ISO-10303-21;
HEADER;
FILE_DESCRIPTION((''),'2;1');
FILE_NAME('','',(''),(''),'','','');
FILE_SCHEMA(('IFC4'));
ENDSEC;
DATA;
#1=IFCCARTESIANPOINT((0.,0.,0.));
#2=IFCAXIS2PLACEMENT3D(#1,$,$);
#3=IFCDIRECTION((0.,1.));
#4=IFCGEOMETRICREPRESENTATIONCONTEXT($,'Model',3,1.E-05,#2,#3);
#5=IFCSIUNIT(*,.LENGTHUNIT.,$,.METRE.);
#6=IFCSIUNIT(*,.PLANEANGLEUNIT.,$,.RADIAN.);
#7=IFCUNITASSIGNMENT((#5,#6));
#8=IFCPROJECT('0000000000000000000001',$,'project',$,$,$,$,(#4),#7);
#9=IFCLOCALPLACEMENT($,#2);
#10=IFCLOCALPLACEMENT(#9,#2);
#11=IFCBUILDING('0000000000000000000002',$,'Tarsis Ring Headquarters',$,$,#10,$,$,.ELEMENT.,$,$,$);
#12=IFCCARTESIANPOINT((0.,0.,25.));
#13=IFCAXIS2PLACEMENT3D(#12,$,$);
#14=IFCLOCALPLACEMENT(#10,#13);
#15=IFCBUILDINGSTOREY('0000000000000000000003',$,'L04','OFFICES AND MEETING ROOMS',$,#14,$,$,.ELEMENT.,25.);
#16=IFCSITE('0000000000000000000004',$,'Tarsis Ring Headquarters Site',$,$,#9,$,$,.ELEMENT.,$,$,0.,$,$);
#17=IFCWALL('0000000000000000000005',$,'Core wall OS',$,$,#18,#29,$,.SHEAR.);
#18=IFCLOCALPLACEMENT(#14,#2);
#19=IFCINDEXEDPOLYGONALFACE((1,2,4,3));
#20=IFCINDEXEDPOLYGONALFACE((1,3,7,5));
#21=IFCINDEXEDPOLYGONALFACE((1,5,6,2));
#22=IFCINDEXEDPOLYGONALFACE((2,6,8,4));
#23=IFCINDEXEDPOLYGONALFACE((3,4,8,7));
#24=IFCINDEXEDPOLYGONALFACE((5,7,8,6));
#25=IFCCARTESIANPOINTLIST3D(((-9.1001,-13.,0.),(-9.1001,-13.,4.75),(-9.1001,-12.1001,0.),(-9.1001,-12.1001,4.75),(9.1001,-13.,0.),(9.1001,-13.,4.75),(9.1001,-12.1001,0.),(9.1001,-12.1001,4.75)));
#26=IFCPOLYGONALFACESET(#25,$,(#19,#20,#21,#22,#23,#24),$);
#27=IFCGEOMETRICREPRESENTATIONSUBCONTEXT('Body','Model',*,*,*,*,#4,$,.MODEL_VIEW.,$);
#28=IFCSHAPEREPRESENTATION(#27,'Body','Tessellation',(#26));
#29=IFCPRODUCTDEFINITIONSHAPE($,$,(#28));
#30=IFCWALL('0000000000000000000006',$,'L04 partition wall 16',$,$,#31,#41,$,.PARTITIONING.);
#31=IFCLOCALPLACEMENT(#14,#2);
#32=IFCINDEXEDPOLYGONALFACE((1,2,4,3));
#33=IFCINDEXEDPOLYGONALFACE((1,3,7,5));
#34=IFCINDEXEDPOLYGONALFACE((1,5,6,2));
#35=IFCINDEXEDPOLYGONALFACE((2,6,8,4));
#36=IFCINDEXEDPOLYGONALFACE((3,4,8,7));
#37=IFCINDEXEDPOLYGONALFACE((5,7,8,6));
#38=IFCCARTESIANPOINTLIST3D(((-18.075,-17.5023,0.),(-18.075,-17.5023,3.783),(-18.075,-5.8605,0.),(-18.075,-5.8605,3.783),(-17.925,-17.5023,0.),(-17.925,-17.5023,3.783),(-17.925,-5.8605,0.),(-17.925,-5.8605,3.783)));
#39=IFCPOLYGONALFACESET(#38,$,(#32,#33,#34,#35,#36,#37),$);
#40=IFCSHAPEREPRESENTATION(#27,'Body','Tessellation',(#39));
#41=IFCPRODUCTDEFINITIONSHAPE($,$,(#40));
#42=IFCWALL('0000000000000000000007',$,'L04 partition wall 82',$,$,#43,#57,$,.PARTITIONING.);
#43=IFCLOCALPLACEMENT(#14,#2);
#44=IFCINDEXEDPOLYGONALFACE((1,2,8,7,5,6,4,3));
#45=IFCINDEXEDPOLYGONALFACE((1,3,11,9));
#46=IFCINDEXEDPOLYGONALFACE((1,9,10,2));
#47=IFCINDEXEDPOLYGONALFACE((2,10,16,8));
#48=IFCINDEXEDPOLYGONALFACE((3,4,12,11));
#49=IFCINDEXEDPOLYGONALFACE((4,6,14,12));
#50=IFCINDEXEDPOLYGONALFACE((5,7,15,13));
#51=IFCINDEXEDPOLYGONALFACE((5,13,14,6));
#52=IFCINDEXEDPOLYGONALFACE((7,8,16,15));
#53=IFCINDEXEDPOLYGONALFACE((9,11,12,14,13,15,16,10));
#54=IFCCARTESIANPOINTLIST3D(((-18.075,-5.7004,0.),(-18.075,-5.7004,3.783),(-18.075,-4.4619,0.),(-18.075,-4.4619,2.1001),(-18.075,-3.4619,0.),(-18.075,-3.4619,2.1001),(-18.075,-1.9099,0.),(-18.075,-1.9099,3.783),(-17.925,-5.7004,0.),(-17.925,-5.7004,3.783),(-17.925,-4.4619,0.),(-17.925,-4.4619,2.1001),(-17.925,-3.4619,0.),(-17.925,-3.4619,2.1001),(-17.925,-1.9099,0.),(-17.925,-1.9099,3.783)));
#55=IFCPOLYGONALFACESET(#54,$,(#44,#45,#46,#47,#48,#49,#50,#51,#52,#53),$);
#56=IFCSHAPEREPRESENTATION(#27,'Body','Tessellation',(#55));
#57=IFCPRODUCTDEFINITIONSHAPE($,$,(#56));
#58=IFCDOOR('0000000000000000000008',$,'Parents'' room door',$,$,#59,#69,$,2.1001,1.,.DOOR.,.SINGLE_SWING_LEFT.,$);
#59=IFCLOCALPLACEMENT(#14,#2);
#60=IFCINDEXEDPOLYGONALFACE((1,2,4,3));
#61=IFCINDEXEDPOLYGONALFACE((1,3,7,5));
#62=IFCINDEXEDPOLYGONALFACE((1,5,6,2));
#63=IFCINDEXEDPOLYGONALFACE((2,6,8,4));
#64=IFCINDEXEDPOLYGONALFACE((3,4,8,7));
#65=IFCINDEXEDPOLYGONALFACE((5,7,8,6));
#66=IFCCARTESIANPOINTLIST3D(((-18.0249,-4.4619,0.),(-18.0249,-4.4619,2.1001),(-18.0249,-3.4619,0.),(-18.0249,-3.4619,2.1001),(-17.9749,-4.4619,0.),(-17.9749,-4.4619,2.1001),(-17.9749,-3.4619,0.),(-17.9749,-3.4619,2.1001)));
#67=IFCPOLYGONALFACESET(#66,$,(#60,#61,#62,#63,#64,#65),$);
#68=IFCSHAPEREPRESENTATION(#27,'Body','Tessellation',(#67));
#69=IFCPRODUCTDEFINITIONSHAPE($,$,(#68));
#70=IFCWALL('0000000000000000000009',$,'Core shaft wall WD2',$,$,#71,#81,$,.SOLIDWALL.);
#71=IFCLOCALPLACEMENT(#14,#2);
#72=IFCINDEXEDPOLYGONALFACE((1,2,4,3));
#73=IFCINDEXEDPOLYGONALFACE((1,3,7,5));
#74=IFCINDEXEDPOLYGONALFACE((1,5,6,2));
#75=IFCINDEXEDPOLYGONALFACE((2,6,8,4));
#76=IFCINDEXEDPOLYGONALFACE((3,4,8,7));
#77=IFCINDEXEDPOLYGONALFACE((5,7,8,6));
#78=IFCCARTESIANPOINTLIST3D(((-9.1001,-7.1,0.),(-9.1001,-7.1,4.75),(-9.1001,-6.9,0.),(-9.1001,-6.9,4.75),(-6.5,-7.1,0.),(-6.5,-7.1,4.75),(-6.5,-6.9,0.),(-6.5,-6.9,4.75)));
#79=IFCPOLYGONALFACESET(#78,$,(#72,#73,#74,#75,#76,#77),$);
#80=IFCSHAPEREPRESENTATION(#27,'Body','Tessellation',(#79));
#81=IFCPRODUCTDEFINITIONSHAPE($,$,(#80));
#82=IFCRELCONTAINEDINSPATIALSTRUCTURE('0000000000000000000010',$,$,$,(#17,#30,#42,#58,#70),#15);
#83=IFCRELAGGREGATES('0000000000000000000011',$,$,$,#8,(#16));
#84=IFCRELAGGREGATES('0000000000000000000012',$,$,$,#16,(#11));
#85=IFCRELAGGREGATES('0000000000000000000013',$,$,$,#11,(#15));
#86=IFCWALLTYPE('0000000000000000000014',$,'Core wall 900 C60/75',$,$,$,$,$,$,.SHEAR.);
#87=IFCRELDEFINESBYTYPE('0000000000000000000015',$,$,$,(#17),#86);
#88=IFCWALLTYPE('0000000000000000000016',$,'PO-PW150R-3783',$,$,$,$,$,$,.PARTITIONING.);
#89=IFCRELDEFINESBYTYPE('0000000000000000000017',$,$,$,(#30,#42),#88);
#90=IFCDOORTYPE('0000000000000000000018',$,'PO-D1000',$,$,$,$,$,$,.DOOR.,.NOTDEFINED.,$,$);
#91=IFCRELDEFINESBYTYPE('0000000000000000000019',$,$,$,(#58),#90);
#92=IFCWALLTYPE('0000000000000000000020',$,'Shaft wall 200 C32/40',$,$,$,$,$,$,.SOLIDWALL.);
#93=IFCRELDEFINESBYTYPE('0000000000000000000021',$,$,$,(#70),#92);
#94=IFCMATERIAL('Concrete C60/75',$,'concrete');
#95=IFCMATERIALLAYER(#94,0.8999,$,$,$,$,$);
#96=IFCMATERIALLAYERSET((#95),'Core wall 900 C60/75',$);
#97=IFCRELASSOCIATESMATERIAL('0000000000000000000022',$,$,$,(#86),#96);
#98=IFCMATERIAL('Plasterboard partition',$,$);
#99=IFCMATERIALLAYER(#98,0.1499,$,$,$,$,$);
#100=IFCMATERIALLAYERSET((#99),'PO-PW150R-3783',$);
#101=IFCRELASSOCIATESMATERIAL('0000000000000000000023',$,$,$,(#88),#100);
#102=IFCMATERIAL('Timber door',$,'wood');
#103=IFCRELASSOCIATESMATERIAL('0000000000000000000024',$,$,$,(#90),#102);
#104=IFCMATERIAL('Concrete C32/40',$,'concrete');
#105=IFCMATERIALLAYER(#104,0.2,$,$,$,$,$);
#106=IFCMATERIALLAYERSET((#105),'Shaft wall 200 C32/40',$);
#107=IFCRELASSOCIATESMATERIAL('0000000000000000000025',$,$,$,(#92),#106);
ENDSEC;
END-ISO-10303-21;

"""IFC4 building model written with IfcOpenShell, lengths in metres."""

from ifc_helpers import new_model, si_unit, direction, frame, frame_2d, origin, place, context, subcontext, project, spatial, rectangle, extrude, material, layer, layer_set, type_object, element, fill, save


model = new_model("IFC4")

# Units and contexts
model_context = context("Model", 3, precision=1e-05, world=origin(), true_north=direction((0.0, 1.0)))
body_context = subcontext(model_context, "Body", "Model", "MODEL_VIEW")
ifc_project = project(units=[si_unit("LENGTHUNIT", "METRE"), si_unit("PLANEANGLEUNIT", "RADIAN")], contexts=[model_context])

# Site, building, storey
site_placement = place(None, origin())
site = spatial("IfcSite", under=ifc_project, at=site_placement, Name="Tarsis Ring Headquarters Site", CompositionType="ELEMENT", RefElevation=0.0)
building_placement = place(site_placement, origin())
building = spatial("IfcBuilding", under=site, at=building_placement, Name="Tarsis Ring Headquarters", CompositionType="ELEMENT")
storey_placement = place(building_placement, frame((0.0, 0.0, 25.0)))
storey = spatial("IfcBuildingStorey", under=building, at=storey_placement, Name="L04", Description="OFFICES AND MEETING ROOMS", CompositionType="ELEMENT", Elevation=25.0)

# Shared definitions
ifc_material_1 = material(Name="Concrete C60/75", Category="concrete")
ifc_layer_1 = layer(ifc_material_1, 0.8999)
ifc_layer_set_1 = layer_set([ifc_layer_1], Name="Core wall 900 C60/75")
wall_type_1 = type_object("IfcWallType", Name="Core wall 900 C60/75", PredefinedType="SHEAR", material=ifc_layer_set_1)

# Walls
wall_1_placement = place(storey_placement, frame((-9.1001, -12.55, 0.0), z_axis=(0.0, 0.0, 1.0), x_axis=(1.0, 0.0, 0.0)))
element("IfcWall", 1, at=wall_1_placement, inside=storey, type_object=wall_type_1, Name="Core wall OS", PredefinedType="SHEAR", context=body_context, shape_type="SweptSolid", body=[
    extrude(rectangle(XDim=18.2002, YDim=0.8999, at=frame_2d((9.1001, 0.0))), origin(), (0.0, 0.0, 1.0), 4.75),
])
ifc_material_2 = material(Name="Plasterboard partition")
ifc_layer_2 = layer(ifc_material_2, 0.1499)
ifc_layer_set_2 = layer_set([ifc_layer_2], Name="PO-PW150R-3783")
wall_type_2 = type_object("IfcWallType", Name="PO-PW150R-3783", PredefinedType="PARTITIONING", material=ifc_layer_set_2)
wall_2_placement = place(storey_placement, frame((-18.0, -17.5022, 0.0), z_axis=(0.0, 0.0, 1.0), x_axis=(0.0, 1.0, 0.0)))
element("IfcWall", 2, at=wall_2_placement, inside=storey, type_object=wall_type_2, Name="L04 partition wall 16", PredefinedType="PARTITIONING", context=body_context, shape_type="SweptSolid", body=[
    extrude(rectangle(XDim=11.6418, YDim=0.1499, at=frame_2d((5.8208, 0.0))), origin(), (0.0, 0.0, 1.0), 3.783),
])

# Wall, opening, door
wall_3_placement = place(storey_placement, frame((-18.0, -5.7004, 0.0), z_axis=(0.0, 0.0, 1.0), x_axis=(0.0, 1.0, 0.0)))
wall_3 = element("IfcWall", 3, at=wall_3_placement, inside=storey, type_object=wall_type_2, Name="L04 partition wall 82", PredefinedType="PARTITIONING", context=body_context, shape_type="SweptSolid", body=[
    extrude(rectangle(XDim=3.7905, YDim=0.1499, at=frame_2d((1.8953, 0.0))), origin(), (0.0, 0.0, 1.0), 3.783),
])
opening_1_placement = place(wall_3_placement, frame((1.2385, 0.0, 0.0)))
opening_1 = element("IfcOpeningElement", 4, at=opening_1_placement, cuts=wall_3, PredefinedType="OPENING", context=body_context, shape_type="SweptSolid", body=[
    extrude(rectangle(XDim=1.0, YDim=2.1001, at=frame_2d((0.5, 1.05))), frame((0.0, 0.085, 0.0), z_axis=(0.0, -1.0, 0.0), x_axis=(1.0, 0.0, 0.0)), (0.0, 0.0, 1.0), 0.1699),
])
ifc_material_3 = material(Name="Timber door", Category="wood")
door_type_1 = type_object("IfcDoorType", Name="PO-D1000", OperationType="NOTDEFINED", PredefinedType="DOOR", material=ifc_material_3)
door_1_placement = place(opening_1_placement, origin())
door_1 = element("IfcDoor", 5, at=door_1_placement, inside=storey, type_object=door_type_1, Name="Parents' room door", OperationType="SINGLE_SWING_LEFT", OverallHeight=2.1001, OverallWidth=1.0, PredefinedType="DOOR", context=body_context, shape_type="SweptSolid", body=[
    extrude(rectangle(XDim=1.0, YDim=2.1001, at=frame_2d((0.5, 1.05))), frame((0.0, 0.0249, 0.0), z_axis=(0.0, -1.0, 0.0), x_axis=(1.0, 0.0, 0.0)), (0.0, 0.0, 1.0), 0.05),
])
fill(opening_1, door_1)

# Wall
ifc_material_4 = material(Name="Concrete C32/40", Category="concrete")
ifc_layer_3 = layer(ifc_material_4, 0.2)
ifc_layer_set_3 = layer_set([ifc_layer_3], Name="Shaft wall 200 C32/40")
wall_type_3 = type_object("IfcWallType", Name="Shaft wall 200 C32/40", PredefinedType="SOLIDWALL", material=ifc_layer_set_3)
wall_4_placement = place(storey_placement, frame((-9.1001, -7.0, 0.0), z_axis=(0.0, 0.0, 1.0), x_axis=(1.0, 0.0, 0.0)))
element("IfcWall", 6, at=wall_4_placement, inside=storey, type_object=wall_type_3, Name="Core shaft wall WD2", PredefinedType="SOLIDWALL", context=body_context, shape_type="SweptSolid", body=[
    extrude(rectangle(XDim=2.6001, YDim=0.2, at=frame_2d((1.3, 0.0))), origin(), (0.0, 0.0, 1.0), 4.75),
])

save(model, "model.ifc")
